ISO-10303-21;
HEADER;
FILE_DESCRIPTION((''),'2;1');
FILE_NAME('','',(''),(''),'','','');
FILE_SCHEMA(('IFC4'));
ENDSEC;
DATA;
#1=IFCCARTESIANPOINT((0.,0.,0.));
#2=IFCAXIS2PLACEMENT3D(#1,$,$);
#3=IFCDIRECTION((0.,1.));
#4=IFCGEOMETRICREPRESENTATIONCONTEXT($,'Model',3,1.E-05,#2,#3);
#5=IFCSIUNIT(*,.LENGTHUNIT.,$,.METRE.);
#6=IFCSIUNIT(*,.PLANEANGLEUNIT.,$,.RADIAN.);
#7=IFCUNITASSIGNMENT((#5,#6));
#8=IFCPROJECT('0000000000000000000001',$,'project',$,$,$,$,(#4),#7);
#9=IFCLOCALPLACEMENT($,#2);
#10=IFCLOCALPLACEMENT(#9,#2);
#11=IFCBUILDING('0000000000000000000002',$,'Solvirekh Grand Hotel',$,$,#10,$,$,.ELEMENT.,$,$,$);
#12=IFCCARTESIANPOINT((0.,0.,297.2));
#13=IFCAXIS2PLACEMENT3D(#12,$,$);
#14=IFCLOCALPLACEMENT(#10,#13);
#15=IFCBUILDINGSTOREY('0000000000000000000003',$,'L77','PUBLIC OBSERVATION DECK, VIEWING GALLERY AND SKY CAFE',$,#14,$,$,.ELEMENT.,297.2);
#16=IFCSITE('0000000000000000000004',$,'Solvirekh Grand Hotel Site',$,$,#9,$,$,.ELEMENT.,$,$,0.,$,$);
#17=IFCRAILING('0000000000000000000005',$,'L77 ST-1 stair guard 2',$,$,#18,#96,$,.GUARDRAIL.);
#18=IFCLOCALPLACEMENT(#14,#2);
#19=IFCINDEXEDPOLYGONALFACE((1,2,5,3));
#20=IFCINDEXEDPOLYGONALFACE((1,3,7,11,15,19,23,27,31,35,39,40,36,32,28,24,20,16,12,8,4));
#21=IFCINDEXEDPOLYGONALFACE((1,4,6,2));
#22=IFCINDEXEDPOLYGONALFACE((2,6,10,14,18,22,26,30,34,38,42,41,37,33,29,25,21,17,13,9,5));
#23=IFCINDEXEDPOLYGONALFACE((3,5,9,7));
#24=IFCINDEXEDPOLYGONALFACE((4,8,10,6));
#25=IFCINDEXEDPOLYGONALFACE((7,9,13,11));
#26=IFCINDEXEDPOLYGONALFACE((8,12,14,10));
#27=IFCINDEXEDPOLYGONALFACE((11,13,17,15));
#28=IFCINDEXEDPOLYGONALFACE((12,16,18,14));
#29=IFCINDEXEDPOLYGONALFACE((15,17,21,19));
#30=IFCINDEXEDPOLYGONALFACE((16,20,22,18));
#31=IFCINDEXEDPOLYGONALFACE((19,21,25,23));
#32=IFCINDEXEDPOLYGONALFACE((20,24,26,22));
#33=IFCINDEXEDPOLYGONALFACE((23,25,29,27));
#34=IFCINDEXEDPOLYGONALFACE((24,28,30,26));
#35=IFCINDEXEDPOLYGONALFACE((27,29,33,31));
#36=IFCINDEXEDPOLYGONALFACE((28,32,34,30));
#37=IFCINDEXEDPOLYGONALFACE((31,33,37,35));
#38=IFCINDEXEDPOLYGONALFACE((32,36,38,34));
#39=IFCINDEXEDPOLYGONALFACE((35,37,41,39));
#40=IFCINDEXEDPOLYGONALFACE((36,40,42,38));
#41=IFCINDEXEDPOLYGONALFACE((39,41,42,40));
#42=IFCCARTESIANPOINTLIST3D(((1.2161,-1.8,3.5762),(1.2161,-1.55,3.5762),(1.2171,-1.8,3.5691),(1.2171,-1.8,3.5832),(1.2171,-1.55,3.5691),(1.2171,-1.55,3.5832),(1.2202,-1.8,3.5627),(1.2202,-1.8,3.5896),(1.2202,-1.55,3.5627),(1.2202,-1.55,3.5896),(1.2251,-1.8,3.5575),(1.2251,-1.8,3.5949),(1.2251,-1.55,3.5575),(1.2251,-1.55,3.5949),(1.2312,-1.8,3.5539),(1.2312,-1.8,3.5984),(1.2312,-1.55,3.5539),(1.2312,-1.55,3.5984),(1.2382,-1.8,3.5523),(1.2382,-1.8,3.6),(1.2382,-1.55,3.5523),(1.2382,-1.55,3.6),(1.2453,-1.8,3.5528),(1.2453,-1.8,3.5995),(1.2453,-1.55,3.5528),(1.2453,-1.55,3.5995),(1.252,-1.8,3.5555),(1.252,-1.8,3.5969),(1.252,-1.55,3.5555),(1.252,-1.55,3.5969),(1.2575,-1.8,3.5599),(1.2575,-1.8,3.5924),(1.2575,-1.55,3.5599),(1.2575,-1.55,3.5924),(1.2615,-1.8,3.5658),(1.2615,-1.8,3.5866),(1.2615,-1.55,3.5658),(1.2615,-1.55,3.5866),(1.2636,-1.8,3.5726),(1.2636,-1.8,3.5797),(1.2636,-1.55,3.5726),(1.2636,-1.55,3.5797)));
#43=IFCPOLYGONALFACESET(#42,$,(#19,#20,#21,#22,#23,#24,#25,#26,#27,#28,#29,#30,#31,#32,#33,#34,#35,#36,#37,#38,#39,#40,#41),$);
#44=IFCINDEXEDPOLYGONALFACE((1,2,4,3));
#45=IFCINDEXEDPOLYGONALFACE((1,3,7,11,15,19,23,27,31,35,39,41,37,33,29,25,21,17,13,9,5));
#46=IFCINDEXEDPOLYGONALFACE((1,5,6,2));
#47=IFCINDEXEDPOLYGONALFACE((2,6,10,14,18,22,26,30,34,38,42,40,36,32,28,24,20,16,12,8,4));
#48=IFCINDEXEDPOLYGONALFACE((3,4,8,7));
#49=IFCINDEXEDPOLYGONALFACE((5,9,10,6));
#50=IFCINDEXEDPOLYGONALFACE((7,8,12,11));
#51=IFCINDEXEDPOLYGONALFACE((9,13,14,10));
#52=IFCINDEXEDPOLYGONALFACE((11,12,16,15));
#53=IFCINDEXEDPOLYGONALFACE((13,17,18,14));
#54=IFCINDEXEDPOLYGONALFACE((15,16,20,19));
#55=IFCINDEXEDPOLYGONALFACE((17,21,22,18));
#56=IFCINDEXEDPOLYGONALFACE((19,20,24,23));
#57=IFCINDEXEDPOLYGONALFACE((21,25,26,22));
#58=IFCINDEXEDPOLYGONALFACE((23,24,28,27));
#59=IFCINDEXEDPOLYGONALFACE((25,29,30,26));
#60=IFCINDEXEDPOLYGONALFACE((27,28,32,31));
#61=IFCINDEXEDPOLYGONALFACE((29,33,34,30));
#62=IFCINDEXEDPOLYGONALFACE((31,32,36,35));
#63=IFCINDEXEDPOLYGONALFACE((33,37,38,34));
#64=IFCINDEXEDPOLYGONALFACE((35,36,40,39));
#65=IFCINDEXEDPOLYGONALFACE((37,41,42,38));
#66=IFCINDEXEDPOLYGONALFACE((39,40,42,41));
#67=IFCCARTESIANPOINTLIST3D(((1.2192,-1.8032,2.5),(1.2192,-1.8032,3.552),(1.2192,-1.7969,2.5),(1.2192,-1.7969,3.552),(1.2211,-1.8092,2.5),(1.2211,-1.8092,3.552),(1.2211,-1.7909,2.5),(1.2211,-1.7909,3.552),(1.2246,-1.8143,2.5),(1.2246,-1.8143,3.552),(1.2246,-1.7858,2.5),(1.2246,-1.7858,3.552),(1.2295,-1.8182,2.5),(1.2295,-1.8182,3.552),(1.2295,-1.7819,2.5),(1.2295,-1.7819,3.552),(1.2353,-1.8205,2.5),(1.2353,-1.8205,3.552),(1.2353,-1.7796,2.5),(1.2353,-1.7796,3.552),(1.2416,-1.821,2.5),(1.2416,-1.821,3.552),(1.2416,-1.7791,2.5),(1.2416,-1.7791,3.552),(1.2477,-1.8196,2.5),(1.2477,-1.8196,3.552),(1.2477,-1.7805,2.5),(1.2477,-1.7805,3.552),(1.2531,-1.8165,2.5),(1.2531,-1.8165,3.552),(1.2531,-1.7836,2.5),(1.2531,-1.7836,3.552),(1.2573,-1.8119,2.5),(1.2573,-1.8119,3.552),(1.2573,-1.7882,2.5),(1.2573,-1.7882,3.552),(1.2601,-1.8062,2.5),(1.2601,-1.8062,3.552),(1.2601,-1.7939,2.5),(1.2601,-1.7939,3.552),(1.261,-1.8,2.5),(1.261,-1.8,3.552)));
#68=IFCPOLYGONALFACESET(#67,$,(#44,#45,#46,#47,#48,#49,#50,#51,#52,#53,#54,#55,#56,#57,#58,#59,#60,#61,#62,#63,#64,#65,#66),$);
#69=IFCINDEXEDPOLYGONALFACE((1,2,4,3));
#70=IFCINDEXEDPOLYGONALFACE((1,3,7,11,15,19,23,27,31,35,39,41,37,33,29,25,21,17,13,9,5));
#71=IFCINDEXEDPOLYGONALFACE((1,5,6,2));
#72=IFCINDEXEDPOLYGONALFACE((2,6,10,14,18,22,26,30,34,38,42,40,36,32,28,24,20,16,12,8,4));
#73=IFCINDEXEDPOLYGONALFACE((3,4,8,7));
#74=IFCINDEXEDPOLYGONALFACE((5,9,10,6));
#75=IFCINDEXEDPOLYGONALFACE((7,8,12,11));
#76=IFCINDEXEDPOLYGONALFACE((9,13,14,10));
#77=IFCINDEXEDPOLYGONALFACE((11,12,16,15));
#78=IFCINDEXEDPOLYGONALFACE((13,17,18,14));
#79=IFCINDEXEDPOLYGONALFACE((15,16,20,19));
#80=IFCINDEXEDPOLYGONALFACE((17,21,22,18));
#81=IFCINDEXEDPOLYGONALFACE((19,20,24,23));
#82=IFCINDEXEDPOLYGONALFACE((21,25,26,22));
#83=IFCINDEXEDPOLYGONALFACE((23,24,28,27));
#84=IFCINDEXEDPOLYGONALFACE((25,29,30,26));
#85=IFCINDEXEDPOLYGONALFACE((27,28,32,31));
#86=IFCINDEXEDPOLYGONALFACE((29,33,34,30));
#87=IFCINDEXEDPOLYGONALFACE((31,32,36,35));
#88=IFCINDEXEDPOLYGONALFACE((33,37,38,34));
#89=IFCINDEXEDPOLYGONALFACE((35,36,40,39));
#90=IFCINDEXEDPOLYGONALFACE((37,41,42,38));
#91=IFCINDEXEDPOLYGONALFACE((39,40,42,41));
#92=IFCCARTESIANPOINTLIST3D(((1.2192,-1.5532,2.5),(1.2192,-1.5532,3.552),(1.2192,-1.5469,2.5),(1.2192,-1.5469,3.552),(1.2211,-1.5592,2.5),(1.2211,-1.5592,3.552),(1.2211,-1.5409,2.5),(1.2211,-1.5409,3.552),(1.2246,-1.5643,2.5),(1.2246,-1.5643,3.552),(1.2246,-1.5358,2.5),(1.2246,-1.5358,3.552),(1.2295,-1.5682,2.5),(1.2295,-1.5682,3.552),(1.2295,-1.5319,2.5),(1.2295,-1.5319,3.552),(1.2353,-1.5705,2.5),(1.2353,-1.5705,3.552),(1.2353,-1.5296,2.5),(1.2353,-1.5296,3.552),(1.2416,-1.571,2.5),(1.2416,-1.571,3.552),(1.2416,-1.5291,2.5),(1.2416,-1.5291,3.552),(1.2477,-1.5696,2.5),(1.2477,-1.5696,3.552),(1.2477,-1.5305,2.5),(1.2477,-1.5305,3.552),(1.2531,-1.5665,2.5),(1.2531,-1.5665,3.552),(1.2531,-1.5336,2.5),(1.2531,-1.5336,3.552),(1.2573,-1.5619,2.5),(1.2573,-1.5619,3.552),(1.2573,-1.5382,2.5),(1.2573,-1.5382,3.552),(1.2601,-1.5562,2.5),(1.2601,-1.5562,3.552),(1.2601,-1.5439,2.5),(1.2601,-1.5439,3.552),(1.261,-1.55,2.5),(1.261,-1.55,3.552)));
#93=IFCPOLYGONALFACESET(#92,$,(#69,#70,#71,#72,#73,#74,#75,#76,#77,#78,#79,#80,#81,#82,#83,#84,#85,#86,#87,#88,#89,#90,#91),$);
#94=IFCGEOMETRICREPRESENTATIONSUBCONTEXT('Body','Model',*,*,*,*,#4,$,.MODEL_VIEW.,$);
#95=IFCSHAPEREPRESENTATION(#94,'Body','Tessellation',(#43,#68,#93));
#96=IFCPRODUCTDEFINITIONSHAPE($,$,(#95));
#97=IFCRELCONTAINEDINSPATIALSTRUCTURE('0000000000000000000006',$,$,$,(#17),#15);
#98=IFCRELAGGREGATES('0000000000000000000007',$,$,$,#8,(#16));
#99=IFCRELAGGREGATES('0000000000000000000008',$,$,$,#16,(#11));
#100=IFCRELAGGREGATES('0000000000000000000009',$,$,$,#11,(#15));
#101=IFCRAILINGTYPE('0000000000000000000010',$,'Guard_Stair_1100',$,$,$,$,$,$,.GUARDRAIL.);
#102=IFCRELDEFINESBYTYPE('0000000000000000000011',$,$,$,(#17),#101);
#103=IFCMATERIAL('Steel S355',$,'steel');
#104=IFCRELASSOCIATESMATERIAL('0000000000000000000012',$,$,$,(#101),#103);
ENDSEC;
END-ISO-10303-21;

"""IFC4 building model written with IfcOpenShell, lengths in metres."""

from ifc_helpers import new_model, si_unit, direction, frame, origin, origin_2d, place, context, subcontext, project, spatial, circle, extrude, material, type_object, element, save


model = new_model("IFC4")

# Units and contexts
model_context = context("Model", 3, precision=1e-05, world=origin(), true_north=direction((0.0, 1.0)))
body_context = subcontext(model_context, "Body", "Model", "MODEL_VIEW")
ifc_project = project(units=[si_unit("LENGTHUNIT", "METRE"), si_unit("PLANEANGLEUNIT", "RADIAN")], contexts=[model_context])

# Site, building, storey
site_placement = place(None, origin())
site = spatial("IfcSite", under=ifc_project, at=site_placement, Name="Solvirekh Grand Hotel Site", CompositionType="ELEMENT", RefElevation=0.0)
building_placement = place(site_placement, origin())
building = spatial("IfcBuilding", under=site, at=building_placement, Name="Solvirekh Grand Hotel", CompositionType="ELEMENT")
storey_placement = place(building_placement, frame((0.0, 0.0, 297.2)))
storey = spatial("IfcBuildingStorey", under=building, at=storey_placement, Name="L77", Description="PUBLIC OBSERVATION DECK, VIEWING GALLERY AND SKY CAFE", CompositionType="ELEMENT", Elevation=297.2)

# Railing
ifc_material_1 = material(Name="Steel S355", Category="steel")
railing_type_1 = type_object("IfcRailingType", Name="Guard_Stair_1100", PredefinedType="GUARDRAIL", material=ifc_material_1)
railing_1_placement = place(storey_placement, frame((1.24, -1.8, 2.5)))
element("IfcRailing", 1, at=railing_1_placement, inside=storey, type_object=railing_type_1, Name="L77 ST-1 stair guard 2", PredefinedType="GUARDRAIL", context=body_context, shape_type="SweptSolid", body=[
    extrude(circle(Radius=0.0239, at=origin_2d()), frame((0.0, 0.0, 1.0762), z_axis=(0.0, 1.0, 0.0), x_axis=(-1.0, 0.0, 0.0)), (0.0, 0.0, 1.0), 0.25),
    extrude(circle(Radius=0.021, at=origin_2d()), origin(), (0.0, 0.0, 1.0), 1.052),
    extrude(circle(Radius=0.021, at=origin_2d()), frame((0.0, 0.25, 0.0)), (0.0, 0.0, 1.0), 1.052),
])

save(model, "model.ifc")
